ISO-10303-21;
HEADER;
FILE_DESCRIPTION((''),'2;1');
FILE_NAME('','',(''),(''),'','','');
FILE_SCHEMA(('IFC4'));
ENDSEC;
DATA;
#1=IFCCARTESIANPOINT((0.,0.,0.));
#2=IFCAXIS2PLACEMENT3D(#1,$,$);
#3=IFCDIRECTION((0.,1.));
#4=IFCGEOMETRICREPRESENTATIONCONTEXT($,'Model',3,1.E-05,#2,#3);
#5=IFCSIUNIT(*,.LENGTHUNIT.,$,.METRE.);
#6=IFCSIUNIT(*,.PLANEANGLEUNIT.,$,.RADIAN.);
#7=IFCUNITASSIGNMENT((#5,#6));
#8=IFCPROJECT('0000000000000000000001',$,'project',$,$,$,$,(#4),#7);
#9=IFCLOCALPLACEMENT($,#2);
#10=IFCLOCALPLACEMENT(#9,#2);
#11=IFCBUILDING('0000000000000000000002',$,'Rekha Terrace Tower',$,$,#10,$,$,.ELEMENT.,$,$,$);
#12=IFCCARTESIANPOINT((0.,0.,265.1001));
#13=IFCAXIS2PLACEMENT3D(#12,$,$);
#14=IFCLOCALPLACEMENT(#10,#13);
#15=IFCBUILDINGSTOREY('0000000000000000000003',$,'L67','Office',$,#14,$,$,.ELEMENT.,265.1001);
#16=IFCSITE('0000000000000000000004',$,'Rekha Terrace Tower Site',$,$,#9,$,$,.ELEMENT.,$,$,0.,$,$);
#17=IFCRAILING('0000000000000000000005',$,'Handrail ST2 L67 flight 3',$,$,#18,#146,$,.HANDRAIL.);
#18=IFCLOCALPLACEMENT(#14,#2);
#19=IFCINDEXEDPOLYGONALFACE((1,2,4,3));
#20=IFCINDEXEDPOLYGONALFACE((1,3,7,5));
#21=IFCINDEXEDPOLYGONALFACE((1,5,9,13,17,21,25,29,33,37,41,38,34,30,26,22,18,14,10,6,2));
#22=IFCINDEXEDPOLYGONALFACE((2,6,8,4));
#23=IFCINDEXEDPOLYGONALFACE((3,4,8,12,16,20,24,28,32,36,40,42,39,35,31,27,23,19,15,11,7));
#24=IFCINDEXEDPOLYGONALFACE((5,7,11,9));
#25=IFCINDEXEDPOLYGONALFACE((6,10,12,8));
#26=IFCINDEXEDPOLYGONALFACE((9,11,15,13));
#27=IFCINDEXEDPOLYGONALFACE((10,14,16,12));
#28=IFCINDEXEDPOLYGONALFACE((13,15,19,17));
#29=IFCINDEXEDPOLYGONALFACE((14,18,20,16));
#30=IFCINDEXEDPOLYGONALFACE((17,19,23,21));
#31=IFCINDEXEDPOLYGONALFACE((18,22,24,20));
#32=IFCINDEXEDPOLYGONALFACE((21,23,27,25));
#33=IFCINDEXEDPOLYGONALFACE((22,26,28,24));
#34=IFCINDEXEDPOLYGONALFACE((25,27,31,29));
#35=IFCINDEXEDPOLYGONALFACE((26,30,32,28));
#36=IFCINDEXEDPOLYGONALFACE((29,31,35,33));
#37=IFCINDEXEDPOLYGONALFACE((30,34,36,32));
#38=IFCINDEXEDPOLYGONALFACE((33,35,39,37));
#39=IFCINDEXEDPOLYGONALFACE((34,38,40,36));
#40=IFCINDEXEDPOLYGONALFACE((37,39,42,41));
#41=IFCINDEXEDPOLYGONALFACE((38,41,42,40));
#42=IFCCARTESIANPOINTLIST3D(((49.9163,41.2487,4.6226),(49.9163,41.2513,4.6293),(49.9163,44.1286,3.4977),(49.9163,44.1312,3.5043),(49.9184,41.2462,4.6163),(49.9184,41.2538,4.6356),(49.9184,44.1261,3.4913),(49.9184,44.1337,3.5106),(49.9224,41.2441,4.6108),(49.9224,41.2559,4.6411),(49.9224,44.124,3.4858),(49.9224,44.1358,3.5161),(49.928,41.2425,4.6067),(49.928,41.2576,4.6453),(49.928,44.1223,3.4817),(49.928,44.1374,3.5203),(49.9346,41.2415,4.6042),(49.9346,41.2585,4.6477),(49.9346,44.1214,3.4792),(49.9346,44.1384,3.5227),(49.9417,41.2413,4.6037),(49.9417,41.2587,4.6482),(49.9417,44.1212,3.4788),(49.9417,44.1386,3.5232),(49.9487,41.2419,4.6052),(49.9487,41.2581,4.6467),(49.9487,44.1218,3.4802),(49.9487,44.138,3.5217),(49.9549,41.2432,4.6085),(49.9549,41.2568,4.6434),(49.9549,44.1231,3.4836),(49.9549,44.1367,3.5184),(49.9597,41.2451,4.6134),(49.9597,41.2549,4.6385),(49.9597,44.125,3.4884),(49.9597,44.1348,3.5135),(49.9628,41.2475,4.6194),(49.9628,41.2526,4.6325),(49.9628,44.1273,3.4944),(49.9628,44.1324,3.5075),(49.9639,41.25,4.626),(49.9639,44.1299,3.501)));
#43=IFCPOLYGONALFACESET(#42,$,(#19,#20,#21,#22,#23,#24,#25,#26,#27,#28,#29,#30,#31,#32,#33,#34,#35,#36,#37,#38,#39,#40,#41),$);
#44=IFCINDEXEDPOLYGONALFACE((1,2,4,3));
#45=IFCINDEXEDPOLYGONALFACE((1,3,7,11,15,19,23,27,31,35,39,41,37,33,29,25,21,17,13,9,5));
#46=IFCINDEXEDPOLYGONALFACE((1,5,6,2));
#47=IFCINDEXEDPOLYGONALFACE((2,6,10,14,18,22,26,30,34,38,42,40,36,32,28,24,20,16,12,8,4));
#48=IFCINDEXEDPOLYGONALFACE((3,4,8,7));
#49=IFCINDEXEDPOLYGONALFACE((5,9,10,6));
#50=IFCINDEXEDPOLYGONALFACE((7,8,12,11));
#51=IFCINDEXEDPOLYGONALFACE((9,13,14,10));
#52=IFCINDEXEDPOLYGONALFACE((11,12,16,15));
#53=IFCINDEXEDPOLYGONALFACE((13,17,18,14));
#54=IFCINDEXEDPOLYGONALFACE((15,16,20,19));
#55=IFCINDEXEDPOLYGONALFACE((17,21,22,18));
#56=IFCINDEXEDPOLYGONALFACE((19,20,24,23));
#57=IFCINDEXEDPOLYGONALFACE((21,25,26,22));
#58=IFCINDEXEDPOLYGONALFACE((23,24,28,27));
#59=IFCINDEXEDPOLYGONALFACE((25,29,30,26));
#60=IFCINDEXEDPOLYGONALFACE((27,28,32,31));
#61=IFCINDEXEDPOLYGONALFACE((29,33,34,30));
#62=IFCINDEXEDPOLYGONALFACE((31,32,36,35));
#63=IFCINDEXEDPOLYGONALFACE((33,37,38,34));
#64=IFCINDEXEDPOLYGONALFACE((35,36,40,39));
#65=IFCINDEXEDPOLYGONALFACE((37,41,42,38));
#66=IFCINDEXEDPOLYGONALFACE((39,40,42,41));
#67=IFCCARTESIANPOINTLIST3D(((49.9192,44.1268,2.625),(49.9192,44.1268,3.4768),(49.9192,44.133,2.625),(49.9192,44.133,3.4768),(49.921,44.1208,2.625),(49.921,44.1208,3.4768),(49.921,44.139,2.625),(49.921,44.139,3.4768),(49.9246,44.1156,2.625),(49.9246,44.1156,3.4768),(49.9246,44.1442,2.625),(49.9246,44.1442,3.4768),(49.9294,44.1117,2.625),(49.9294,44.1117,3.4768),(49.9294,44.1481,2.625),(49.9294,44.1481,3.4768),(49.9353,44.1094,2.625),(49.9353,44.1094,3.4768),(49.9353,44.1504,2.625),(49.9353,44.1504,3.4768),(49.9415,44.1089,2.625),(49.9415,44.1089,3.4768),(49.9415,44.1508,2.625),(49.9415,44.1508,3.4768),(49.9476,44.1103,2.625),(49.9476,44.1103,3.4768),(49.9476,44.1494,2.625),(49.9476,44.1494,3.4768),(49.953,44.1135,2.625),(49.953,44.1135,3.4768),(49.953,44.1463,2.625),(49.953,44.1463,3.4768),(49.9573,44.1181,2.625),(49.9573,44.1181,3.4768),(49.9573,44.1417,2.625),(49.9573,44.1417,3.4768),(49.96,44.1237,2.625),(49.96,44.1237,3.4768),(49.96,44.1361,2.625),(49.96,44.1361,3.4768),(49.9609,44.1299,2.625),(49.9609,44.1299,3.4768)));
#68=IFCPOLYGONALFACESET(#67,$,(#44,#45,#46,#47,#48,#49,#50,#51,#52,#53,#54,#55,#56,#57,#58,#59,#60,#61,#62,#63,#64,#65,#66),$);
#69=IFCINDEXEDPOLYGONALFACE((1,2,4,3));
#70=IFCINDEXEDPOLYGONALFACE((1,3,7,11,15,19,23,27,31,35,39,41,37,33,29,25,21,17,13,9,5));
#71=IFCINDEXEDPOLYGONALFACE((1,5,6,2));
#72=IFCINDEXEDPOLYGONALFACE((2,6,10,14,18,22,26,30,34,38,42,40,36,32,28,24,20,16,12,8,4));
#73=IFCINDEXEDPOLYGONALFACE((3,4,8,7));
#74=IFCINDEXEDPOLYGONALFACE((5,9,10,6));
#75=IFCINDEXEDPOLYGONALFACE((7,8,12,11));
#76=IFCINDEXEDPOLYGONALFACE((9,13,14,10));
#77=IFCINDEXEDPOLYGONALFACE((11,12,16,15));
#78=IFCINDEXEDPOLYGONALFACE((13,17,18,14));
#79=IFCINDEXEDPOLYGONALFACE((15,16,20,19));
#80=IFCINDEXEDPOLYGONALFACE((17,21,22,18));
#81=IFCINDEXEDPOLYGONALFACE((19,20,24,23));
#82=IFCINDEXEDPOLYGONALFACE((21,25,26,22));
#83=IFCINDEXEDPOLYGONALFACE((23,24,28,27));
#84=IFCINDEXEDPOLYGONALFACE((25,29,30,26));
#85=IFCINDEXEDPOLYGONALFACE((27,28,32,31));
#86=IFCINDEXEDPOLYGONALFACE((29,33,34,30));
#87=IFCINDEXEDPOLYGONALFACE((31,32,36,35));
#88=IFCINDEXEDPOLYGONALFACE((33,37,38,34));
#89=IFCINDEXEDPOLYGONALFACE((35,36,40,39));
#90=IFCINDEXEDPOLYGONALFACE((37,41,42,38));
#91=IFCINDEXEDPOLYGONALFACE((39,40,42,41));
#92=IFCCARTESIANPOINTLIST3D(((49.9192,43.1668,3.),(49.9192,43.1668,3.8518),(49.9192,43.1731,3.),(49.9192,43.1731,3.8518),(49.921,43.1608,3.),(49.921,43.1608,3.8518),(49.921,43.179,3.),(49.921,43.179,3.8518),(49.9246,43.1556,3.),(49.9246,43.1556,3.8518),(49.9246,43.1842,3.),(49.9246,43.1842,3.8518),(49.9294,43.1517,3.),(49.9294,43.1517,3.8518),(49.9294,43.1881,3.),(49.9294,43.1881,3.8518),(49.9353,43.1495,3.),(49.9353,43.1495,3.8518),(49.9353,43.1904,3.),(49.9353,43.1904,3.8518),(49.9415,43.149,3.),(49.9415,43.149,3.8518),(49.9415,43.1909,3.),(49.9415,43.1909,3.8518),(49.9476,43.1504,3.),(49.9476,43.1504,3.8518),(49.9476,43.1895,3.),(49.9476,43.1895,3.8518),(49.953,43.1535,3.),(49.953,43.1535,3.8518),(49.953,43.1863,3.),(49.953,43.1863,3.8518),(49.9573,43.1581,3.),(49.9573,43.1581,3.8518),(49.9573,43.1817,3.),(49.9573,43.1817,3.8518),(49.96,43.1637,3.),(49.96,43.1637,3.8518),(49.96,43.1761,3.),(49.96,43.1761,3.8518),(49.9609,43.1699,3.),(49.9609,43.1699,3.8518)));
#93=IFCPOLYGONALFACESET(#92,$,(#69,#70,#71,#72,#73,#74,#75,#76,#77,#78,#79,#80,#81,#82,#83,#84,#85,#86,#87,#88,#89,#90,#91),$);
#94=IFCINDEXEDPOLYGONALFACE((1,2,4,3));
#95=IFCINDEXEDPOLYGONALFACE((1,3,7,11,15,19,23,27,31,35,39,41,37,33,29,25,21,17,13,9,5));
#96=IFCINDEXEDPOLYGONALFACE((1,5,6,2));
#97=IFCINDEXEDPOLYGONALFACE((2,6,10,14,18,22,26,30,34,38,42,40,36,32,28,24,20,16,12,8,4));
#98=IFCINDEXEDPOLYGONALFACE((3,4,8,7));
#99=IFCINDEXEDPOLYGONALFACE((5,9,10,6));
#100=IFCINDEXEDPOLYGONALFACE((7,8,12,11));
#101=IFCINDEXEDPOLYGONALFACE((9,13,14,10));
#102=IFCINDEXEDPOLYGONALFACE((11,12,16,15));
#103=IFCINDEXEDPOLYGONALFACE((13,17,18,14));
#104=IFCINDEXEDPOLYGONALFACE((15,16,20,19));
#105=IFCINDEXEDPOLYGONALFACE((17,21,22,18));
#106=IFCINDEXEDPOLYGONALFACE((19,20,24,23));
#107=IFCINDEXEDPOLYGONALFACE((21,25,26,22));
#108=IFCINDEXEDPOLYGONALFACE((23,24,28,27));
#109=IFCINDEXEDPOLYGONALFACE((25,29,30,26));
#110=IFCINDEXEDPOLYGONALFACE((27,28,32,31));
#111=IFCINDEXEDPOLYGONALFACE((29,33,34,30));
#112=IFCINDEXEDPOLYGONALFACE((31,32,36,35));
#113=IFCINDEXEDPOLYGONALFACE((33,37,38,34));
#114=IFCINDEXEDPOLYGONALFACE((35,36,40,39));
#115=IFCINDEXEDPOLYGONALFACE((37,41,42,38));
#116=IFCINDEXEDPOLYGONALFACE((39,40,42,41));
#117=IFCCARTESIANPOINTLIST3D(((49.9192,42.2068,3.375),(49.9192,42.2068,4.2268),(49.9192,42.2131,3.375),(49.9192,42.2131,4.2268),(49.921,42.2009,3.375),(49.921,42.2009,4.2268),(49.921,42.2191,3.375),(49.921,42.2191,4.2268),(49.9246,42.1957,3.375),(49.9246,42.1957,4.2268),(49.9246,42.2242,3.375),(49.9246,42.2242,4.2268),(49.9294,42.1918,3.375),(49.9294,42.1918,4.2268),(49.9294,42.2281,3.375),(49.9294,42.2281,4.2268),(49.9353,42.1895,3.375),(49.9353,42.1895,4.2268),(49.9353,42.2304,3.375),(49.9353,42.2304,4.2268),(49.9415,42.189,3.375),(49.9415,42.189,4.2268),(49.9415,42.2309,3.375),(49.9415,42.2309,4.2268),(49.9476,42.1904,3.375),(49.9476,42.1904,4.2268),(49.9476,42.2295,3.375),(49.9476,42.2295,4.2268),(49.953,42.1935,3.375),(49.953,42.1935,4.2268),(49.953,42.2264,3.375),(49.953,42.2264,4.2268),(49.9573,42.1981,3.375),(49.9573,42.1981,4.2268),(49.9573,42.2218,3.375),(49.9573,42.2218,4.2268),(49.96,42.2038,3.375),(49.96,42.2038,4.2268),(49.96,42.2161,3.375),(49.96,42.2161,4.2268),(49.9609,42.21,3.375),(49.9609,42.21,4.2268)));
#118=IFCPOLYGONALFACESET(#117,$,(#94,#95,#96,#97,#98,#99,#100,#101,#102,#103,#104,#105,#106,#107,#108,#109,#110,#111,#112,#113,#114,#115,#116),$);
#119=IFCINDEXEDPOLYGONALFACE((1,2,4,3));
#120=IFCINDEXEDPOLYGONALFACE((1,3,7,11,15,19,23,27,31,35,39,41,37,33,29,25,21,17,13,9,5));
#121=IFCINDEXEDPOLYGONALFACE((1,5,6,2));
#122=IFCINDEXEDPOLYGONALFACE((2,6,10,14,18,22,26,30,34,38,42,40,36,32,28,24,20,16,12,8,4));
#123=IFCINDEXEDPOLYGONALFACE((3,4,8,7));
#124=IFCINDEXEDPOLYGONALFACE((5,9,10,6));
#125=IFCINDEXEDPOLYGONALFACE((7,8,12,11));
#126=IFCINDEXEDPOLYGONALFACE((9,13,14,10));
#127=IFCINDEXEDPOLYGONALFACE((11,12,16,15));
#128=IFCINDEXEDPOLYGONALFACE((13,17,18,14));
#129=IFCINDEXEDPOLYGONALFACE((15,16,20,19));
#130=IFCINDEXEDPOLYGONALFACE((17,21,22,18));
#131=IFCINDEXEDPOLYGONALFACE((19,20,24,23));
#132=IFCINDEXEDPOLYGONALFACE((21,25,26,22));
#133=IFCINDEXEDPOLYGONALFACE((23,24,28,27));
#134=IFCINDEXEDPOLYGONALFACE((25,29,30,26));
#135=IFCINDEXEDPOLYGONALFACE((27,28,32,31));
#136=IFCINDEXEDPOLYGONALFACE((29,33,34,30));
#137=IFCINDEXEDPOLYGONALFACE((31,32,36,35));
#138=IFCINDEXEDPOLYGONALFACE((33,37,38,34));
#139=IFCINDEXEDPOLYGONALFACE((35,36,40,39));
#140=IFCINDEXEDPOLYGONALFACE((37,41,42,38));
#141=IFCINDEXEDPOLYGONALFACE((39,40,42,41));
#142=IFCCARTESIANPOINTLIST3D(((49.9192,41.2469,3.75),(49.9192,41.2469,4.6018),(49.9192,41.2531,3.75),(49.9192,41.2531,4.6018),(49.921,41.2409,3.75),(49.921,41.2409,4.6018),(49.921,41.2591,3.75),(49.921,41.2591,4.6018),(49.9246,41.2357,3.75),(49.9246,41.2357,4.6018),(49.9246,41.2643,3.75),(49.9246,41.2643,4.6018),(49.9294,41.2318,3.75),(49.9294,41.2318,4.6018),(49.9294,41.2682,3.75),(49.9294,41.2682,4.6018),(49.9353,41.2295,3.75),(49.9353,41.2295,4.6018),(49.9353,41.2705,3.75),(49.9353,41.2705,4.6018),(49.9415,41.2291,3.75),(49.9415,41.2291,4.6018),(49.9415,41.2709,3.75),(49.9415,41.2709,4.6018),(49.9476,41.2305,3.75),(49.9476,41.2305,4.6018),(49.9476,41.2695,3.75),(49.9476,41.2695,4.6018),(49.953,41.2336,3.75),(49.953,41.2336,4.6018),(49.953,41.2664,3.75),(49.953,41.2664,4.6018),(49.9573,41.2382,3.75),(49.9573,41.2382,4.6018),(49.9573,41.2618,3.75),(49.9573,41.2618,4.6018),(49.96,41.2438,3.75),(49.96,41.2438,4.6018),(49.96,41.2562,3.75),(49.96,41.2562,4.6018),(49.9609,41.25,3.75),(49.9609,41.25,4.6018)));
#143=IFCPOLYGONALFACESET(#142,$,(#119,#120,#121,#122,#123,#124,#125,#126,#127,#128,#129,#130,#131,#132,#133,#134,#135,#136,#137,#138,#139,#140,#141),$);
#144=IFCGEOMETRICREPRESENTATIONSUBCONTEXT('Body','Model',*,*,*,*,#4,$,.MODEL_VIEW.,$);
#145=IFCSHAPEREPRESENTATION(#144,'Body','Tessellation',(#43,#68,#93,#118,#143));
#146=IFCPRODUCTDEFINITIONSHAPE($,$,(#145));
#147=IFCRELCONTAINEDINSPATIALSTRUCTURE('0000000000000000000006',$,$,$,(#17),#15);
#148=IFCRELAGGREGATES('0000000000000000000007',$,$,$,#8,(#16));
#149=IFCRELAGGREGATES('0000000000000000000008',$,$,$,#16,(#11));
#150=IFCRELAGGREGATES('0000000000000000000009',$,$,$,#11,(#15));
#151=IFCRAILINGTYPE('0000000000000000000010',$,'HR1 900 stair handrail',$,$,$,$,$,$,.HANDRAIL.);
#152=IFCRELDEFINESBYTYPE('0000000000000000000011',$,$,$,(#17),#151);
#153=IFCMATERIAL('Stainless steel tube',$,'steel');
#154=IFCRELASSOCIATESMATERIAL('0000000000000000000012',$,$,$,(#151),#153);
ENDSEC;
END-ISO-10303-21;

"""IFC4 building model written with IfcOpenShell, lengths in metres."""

from ifc_helpers import new_model, si_unit, direction, frame, origin, origin_2d, place, context, subcontext, project, spatial, circle, extrude, material, type_object, element, save


model = new_model("IFC4")

# Units and contexts
model_context = context("Model", 3, precision=1e-05, world=origin(), true_north=direction((0.0, 1.0)))
body_context = subcontext(model_context, "Body", "Model", "MODEL_VIEW")
ifc_project = project(units=[si_unit("LENGTHUNIT", "METRE"), si_unit("PLANEANGLEUNIT", "RADIAN")], contexts=[model_context])

# Site, building, storey
site_placement = place(None, origin())
site = spatial("IfcSite", under=ifc_project, at=site_placement, Name="Rekha Terrace Tower Site", CompositionType="ELEMENT", RefElevation=0.0)
building_placement = place(site_placement, origin())
building = spatial("IfcBuilding", under=site, at=building_placement, Name="Rekha Terrace Tower", CompositionType="ELEMENT")
storey_placement = place(building_placement, frame((0.0, 0.0, 265.1001)))
storey = spatial("IfcBuildingStorey", under=building, at=storey_placement, Name="L67", Description="Office", CompositionType="ELEMENT", Elevation=265.1001)

# Railing
ifc_material_1 = material(Name="Stainless steel tube", Category="steel")
railing_type_1 = type_object("IfcRailingType", Name="HR1 900 stair handrail", PredefinedType="HANDRAIL", material=ifc_material_1)
railing_1_placement = place(storey_placement, frame((49.9399, 44.1299, 2.625)))
element("IfcRailing", 1, at=railing_1_placement, inside=storey, type_object=railing_type_1, Name="Handrail ST2 L67 flight 3", PredefinedType="HANDRAIL", context=body_context, shape_type="SweptSolid", body=[
    extrude(circle(Radius=0.0239, at=origin_2d()), frame((0.0, 0.0, 0.876), z_axis=(0.0, -0.931452, 0.363863), x_axis=(1.0, 0.0, 0.0)), (0.0, 0.0, 1.0), 3.0918),
    extrude(circle(Radius=0.021, at=origin_2d()), origin(), (0.0, 0.0, 1.0), 0.8518),
    extrude(circle(Radius=0.021, at=origin_2d()), frame((0.0, -0.96, 0.375)), (0.0, 0.0, 1.0), 0.8518),
    extrude(circle(Radius=0.021, at=origin_2d()), frame((0.0, -1.9199, 0.75)), (0.0, 0.0, 1.0), 0.8518),
    extrude(circle(Radius=0.021, at=origin_2d()), frame((0.0, -2.8799, 1.125)), (0.0, 0.0, 1.0), 0.8518),
])

save(model, "model.ifc")
